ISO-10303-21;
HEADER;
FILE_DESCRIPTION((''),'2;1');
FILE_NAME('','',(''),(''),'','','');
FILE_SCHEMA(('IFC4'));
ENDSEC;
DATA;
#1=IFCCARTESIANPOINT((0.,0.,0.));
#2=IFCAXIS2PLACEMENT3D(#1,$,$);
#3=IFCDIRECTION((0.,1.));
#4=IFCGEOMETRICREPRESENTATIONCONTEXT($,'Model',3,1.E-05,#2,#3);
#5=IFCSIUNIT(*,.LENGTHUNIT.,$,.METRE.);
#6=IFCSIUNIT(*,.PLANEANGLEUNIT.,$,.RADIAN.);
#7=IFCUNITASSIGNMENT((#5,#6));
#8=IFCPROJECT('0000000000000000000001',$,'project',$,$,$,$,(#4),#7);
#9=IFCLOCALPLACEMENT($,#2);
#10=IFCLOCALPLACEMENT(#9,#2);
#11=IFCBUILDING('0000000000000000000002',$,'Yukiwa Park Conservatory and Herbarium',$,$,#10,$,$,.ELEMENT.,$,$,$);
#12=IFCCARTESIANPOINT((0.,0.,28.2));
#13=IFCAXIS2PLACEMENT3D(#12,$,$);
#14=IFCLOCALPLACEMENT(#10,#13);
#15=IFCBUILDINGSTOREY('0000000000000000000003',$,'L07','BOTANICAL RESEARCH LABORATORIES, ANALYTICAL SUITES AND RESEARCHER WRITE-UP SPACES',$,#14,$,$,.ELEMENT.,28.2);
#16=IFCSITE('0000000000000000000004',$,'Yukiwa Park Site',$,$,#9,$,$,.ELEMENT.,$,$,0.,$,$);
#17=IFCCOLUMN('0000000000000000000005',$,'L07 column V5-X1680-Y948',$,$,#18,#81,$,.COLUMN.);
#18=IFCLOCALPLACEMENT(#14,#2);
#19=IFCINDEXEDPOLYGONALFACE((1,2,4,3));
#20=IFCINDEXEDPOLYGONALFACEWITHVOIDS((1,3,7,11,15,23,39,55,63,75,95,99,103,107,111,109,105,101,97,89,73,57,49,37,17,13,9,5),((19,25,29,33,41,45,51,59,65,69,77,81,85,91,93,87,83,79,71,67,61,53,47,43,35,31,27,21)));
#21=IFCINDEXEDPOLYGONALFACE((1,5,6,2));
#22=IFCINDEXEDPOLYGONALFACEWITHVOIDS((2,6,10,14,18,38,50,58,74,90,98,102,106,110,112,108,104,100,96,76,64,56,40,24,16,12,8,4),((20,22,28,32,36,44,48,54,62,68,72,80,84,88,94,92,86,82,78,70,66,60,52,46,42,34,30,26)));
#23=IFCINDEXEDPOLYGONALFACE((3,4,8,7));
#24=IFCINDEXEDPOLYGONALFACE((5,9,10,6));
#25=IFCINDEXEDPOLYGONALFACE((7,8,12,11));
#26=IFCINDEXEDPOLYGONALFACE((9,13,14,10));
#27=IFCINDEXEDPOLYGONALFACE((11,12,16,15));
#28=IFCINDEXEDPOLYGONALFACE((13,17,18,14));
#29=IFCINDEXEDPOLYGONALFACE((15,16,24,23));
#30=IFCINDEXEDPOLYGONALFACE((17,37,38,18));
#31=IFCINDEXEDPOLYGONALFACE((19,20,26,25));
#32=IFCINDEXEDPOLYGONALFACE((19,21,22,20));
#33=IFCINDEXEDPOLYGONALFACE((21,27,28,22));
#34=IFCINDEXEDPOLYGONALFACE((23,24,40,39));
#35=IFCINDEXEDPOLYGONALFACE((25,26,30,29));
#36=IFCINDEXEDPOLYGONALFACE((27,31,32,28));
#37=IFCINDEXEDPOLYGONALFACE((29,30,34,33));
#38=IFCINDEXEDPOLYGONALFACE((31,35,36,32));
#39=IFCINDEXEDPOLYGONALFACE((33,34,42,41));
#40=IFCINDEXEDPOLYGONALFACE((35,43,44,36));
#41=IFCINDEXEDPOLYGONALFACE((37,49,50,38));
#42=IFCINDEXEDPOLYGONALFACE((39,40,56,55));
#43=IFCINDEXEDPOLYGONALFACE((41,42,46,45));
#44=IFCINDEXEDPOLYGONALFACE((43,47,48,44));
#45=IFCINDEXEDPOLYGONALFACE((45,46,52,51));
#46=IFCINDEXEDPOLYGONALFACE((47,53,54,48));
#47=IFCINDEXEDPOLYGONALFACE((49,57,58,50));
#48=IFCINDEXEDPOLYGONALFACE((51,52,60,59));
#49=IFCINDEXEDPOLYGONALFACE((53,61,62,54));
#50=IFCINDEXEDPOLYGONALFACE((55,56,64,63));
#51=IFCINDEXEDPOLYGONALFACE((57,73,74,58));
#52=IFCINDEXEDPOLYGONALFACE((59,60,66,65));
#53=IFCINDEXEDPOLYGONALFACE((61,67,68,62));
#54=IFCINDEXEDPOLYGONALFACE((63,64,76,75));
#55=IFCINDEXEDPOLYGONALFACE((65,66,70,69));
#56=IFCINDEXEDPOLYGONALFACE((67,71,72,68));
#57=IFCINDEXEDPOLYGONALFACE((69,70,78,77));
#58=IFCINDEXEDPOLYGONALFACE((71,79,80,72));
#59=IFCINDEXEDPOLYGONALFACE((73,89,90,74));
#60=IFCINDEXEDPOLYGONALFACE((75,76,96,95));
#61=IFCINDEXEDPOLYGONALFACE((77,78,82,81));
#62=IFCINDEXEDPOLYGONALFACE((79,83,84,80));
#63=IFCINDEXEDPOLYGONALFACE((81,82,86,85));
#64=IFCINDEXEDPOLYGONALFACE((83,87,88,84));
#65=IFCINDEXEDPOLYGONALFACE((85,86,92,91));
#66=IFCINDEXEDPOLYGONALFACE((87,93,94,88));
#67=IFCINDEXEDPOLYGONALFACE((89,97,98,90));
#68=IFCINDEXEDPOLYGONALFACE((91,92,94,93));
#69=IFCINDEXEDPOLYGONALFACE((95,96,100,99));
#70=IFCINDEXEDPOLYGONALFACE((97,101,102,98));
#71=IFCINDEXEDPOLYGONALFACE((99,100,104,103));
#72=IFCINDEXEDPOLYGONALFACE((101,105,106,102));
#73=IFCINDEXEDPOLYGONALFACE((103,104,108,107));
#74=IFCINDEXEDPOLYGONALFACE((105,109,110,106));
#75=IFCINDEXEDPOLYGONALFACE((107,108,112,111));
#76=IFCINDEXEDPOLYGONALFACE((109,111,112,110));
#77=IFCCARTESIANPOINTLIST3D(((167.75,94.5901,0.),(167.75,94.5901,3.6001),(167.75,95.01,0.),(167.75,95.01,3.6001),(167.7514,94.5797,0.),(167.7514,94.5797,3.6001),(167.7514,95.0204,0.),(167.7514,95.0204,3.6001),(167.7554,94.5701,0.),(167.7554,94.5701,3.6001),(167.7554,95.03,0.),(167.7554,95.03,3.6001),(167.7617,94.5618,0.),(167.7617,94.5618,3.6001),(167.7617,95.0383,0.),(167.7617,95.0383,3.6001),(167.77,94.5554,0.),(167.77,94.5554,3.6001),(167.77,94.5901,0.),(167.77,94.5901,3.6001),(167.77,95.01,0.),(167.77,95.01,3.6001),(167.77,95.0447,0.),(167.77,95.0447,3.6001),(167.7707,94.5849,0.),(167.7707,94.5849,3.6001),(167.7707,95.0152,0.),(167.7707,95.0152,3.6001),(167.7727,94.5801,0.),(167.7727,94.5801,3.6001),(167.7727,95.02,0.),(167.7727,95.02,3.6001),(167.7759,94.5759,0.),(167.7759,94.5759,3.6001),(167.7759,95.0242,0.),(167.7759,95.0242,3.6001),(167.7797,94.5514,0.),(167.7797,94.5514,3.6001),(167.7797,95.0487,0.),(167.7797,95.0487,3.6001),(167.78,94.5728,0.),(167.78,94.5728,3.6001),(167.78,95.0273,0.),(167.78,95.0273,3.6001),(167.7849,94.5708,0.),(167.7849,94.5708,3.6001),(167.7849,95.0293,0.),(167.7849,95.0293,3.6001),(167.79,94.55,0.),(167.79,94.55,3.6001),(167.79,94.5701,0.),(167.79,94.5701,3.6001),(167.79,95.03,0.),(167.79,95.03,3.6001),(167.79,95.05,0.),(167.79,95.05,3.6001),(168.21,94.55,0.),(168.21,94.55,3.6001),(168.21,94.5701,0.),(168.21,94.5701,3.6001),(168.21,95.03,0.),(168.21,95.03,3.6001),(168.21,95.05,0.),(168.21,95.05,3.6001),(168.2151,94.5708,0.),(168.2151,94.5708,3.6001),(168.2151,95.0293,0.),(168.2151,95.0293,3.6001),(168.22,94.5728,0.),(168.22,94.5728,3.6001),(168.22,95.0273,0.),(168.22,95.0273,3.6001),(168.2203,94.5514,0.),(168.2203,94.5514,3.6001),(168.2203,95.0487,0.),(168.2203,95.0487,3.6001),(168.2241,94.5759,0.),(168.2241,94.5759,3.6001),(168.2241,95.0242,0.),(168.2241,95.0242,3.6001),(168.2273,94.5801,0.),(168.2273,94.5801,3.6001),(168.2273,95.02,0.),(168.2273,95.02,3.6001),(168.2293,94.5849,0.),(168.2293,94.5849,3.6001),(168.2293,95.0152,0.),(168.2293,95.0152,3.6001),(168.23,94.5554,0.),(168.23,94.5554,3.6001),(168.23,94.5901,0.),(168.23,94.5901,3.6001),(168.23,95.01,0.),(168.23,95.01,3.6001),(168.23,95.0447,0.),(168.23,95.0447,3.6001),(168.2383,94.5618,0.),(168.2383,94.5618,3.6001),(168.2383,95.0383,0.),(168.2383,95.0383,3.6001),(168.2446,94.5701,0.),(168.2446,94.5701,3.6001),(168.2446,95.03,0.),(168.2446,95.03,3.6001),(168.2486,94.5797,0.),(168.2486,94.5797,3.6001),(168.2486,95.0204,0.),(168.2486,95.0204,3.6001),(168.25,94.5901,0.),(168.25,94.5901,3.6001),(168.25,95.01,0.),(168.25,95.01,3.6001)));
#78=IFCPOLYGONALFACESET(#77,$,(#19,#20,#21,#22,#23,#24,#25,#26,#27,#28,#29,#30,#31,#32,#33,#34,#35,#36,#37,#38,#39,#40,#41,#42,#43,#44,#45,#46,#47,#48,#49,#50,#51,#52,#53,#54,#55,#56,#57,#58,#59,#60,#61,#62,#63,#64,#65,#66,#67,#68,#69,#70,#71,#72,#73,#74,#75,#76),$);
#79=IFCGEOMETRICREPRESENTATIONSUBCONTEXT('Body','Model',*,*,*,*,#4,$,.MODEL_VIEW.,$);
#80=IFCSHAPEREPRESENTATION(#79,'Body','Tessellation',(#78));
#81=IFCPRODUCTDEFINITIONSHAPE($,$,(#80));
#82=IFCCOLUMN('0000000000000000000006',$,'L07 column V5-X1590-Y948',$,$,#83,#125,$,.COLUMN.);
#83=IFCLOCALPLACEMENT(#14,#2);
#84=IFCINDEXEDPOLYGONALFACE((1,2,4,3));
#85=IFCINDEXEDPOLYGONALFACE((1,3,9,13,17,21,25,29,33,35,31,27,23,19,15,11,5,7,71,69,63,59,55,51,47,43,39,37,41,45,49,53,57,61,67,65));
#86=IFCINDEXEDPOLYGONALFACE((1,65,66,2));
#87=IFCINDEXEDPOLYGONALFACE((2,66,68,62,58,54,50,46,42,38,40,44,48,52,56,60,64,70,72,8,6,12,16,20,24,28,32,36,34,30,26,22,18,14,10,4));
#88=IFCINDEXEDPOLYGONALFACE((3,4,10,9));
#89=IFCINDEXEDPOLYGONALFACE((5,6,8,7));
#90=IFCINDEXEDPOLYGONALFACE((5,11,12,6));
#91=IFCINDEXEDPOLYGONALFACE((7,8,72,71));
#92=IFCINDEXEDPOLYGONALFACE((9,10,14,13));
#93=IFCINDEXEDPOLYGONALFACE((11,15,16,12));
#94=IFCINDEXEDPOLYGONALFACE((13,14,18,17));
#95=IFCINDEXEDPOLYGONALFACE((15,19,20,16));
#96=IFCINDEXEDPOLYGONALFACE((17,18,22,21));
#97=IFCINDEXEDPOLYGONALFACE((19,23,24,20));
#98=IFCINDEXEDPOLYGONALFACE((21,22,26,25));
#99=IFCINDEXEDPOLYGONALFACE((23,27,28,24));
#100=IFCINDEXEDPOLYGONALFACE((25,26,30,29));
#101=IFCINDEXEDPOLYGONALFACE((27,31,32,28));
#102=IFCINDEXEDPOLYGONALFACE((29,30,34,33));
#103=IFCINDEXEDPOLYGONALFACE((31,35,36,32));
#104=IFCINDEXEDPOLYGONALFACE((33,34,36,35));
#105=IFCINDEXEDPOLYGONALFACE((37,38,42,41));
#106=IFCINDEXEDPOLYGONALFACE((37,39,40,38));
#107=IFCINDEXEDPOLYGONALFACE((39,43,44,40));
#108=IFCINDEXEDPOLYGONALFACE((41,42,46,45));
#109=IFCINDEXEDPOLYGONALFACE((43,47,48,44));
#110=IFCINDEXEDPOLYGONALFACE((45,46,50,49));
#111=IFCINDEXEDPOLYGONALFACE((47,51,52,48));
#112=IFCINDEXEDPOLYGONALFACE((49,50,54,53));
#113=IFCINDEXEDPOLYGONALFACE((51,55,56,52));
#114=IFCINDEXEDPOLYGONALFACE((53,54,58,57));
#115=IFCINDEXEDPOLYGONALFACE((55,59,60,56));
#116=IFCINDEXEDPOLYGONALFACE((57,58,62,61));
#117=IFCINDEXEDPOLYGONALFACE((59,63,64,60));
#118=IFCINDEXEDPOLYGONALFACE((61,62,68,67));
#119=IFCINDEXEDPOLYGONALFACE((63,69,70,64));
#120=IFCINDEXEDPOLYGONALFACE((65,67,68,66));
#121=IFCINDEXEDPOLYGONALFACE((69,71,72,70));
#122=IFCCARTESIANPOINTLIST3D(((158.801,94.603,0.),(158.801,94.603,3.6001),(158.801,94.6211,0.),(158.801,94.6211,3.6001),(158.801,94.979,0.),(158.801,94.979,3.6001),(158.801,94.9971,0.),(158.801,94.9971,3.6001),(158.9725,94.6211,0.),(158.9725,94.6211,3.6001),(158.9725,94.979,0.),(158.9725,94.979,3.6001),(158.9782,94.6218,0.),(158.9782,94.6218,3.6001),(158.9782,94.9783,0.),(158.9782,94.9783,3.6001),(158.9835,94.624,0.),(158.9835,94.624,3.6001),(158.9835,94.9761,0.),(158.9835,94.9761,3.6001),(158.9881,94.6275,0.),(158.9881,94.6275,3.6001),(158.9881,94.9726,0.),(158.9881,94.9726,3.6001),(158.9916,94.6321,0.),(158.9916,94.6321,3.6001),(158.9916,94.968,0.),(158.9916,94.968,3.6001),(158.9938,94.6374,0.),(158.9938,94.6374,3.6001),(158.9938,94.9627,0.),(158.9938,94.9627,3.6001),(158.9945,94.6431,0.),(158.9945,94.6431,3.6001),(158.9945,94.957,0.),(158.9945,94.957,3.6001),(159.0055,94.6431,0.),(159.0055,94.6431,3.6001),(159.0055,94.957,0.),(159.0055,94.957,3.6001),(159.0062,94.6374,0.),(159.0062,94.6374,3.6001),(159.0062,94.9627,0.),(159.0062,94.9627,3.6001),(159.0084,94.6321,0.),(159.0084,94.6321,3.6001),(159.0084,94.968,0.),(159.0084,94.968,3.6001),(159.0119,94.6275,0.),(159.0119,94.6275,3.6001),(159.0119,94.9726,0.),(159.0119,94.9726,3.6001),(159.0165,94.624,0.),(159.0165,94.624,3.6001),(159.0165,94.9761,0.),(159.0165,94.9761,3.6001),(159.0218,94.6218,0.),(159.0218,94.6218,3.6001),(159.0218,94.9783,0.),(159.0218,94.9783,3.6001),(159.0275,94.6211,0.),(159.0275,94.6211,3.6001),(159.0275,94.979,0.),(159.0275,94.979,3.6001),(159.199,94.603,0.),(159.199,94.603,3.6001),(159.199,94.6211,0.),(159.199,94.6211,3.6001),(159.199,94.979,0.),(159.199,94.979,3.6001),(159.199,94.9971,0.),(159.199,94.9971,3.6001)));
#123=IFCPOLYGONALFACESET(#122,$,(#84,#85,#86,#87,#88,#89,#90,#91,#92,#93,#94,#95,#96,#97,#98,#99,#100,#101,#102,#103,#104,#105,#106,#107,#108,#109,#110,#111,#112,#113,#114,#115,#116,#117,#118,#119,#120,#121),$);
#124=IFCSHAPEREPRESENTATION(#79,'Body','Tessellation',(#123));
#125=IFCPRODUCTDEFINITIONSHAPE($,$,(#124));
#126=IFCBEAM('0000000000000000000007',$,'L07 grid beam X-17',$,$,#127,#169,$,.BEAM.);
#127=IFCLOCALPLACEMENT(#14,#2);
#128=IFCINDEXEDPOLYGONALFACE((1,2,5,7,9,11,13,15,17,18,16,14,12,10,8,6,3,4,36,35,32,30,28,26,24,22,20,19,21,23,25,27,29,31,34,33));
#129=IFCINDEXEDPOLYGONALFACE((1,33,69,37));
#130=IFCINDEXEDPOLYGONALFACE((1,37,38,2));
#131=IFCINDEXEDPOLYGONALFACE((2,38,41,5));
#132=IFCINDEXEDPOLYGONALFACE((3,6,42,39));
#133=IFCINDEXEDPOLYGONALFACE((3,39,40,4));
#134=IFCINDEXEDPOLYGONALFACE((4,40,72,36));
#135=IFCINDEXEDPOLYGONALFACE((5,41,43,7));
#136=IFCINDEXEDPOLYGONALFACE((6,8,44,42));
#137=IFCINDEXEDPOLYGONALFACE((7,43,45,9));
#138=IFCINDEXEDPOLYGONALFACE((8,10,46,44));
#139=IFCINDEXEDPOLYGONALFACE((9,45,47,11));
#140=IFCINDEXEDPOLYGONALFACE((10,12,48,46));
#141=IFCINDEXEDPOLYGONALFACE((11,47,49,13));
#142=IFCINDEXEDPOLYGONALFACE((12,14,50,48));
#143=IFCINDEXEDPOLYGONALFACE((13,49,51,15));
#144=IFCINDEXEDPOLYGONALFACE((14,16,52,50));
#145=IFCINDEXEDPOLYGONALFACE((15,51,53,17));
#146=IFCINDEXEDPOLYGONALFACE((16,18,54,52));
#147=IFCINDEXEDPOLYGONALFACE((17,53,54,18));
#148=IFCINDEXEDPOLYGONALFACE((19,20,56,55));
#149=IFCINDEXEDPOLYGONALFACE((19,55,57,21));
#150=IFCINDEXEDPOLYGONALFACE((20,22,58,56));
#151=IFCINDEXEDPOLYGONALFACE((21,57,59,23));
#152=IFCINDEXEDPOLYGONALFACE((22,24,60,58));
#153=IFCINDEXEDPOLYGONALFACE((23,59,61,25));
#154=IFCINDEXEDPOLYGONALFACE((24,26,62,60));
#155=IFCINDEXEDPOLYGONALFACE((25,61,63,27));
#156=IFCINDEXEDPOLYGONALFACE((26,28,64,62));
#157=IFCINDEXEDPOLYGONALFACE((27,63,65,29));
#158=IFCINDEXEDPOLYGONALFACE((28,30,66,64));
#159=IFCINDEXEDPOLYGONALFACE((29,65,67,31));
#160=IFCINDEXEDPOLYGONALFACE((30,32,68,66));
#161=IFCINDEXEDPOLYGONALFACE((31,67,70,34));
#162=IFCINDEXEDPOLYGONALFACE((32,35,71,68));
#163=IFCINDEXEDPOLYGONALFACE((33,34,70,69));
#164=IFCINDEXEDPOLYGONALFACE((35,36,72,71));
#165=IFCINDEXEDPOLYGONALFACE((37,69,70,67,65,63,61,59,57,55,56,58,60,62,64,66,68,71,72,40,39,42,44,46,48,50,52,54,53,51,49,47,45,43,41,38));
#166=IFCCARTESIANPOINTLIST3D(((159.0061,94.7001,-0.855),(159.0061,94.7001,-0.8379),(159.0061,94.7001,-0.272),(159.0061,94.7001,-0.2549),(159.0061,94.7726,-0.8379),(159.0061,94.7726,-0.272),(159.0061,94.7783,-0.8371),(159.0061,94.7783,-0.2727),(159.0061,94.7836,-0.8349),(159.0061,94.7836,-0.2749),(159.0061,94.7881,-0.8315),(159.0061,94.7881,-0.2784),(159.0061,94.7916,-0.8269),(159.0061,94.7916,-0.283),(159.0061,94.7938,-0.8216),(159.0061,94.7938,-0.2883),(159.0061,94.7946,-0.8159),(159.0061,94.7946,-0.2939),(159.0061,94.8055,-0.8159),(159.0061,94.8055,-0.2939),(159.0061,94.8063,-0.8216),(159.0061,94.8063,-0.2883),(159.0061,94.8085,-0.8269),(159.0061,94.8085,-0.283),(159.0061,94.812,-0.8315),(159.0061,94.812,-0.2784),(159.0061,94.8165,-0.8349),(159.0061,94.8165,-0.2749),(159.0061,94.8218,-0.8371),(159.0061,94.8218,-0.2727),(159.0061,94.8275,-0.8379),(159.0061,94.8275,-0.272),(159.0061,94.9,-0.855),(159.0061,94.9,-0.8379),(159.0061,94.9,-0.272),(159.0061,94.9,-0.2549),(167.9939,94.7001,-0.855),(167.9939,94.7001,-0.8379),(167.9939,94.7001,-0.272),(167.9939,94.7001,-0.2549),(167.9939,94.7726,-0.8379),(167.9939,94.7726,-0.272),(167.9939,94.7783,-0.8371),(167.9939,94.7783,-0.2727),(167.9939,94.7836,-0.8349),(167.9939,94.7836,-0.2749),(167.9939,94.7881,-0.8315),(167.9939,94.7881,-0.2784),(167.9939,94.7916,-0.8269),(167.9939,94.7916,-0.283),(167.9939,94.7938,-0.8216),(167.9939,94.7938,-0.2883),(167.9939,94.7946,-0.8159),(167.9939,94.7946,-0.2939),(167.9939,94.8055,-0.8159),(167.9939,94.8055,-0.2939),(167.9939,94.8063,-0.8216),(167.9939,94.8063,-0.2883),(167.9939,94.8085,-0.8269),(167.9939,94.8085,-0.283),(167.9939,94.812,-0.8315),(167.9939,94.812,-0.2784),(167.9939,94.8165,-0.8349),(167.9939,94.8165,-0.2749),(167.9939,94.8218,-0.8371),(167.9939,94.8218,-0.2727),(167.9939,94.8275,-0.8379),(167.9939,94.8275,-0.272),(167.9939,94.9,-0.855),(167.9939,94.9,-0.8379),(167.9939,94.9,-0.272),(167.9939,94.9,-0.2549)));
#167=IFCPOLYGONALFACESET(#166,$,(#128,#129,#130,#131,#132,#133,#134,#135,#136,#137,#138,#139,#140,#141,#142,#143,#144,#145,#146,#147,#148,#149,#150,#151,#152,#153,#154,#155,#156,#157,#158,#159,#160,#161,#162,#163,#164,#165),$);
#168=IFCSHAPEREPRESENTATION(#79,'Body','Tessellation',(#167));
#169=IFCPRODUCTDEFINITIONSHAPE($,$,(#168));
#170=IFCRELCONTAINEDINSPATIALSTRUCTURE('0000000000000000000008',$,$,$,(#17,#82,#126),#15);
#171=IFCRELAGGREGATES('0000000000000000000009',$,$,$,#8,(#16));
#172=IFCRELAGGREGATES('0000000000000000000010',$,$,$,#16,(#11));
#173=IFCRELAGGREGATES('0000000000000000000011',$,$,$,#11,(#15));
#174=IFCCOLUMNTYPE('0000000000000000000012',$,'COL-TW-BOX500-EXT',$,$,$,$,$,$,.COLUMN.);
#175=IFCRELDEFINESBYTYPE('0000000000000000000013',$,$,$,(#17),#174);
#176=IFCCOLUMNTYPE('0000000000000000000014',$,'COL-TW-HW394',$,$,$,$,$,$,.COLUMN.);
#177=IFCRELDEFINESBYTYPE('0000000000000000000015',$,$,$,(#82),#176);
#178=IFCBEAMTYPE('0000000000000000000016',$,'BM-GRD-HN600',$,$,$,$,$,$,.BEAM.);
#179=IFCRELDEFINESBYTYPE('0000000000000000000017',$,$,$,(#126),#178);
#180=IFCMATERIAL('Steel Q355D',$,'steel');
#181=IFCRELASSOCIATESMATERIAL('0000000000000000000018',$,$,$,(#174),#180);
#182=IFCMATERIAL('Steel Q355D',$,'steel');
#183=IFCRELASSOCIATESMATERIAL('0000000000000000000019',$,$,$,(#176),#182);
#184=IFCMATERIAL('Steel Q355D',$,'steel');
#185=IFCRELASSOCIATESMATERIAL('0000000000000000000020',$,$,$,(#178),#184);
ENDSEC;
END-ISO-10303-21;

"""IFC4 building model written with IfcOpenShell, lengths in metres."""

from ifc_helpers import new_model, si_unit, direction, frame, origin, origin_2d, place, context, subcontext, project, spatial, hollow_rectangle, i_section, extrude, material, material_profile, profile_set, type_object, element, save


model = new_model("IFC4")

# Units and contexts
model_context = context("Model", 3, precision=1e-05, world=origin(), true_north=direction((0.0, 1.0)))
body_context = subcontext(model_context, "Body", "Model", "MODEL_VIEW")
ifc_project = project(units=[si_unit("LENGTHUNIT", "METRE"), si_unit("PLANEANGLEUNIT", "RADIAN")], contexts=[model_context])

# Site, building, storey
site_placement = place(None, origin())
site = spatial("IfcSite", under=ifc_project, at=site_placement, Name="Yukiwa Park Site", CompositionType="ELEMENT", RefElevation=0.0)
building_placement = place(site_placement, origin())
building = spatial("IfcBuilding", under=site, at=building_placement, Name="Yukiwa Park Conservatory and Herbarium", CompositionType="ELEMENT")
storey_placement = place(building_placement, frame((0.0, 0.0, 28.2)))
storey = spatial("IfcBuildingStorey", under=building, at=storey_placement, Name="L07", Description="BOTANICAL RESEARCH LABORATORIES, ANALYTICAL SUITES AND RESEARCHER WRITE-UP SPACES", CompositionType="ELEMENT", Elevation=28.2)

# Columns
ifc_material_1 = material(Name="Steel Q355D", Category="steel")
ifc_material_profile_1 = material_profile(ifc_material_1, hollow_rectangle(XDim=0.5, YDim=0.5, WallThickness=0.02, InnerFilletRadius=0.02, OuterFilletRadius=0.04, at=origin_2d()), Name="BOX 500x500x20")
ifc_profile_set_1 = profile_set([ifc_material_profile_1], Name="Steel Q355D")
column_type_1 = type_object("IfcColumnType", Name="COL-TW-BOX500-EXT", PredefinedType="COLUMN", material=ifc_profile_set_1)
column_1_placement = place(storey_placement, frame((168.0, 94.8, 0.0), z_axis=(0.0, 0.0, 1.0), x_axis=(1.0, 0.0, 0.0)))
element("IfcColumn", 1, at=column_1_placement, inside=storey, type_object=column_type_1, Name="L07 column V5-X1680-Y948", PredefinedType="COLUMN", context=body_context, shape_type="SweptSolid", body=[
    extrude(hollow_rectangle(XDim=0.5, YDim=0.5, WallThickness=0.02, InnerFilletRadius=0.02, OuterFilletRadius=0.04, at=origin_2d()), origin(), (0.0, 0.0, 1.0), 3.6001),
])
ifc_material_2 = material(Name="Steel Q355D", Category="steel")
ifc_material_profile_2 = material_profile(ifc_material_2, i_section(OverallWidth=0.3979, OverallDepth=0.394, WebThickness=0.011, FlangeThickness=0.0181, FilletRadius=0.022, at=origin_2d()), Name="HW 394x398x11x18")
ifc_profile_set_2 = profile_set([ifc_material_profile_2], Name="Steel Q355D")
column_type_2 = type_object("IfcColumnType", Name="COL-TW-HW394", PredefinedType="COLUMN", material=ifc_profile_set_2)
column_2_placement = place(storey_placement, frame((159.0, 94.8, 0.0), z_axis=(0.0, 0.0, 1.0), x_axis=(1.0, 0.0, 0.0)))
element("IfcColumn", 2, at=column_2_placement, inside=storey, type_object=column_type_2, Name="L07 column V5-X1590-Y948", PredefinedType="COLUMN", context=body_context, shape_type="SweptSolid", body=[
    extrude(i_section(OverallWidth=0.3979, OverallDepth=0.394, WebThickness=0.011, FlangeThickness=0.0181, FilletRadius=0.022, at=origin_2d()), origin(), (0.0, 0.0, 1.0), 3.6001),
])

# Beam
ifc_material_3 = material(Name="Steel Q355D", Category="steel")
ifc_material_profile_3 = material_profile(ifc_material_3, i_section(OverallWidth=0.2, OverallDepth=0.6001, WebThickness=0.011, FlangeThickness=0.0171, FilletRadius=0.022, at=origin_2d()), Name="HN 600x200x11x17")
ifc_profile_set_3 = profile_set([ifc_material_profile_3], Name="Steel Q355D")
beam_type_1 = type_object("IfcBeamType", Name="BM-GRD-HN600", PredefinedType="BEAM", material=ifc_profile_set_3)
beam_placement = place(storey_placement, frame((159.0061, 94.8, -0.5549), z_axis=(1.0, 0.0, 0.0), x_axis=(0.0, 1.0, 0.0)))
element("IfcBeam", 3, at=beam_placement, inside=storey, type_object=beam_type_1, Name="L07 grid beam X-17", PredefinedType="BEAM", context=body_context, shape_type="SweptSolid", body=[
    extrude(i_section(OverallWidth=0.2, OverallDepth=0.6001, WebThickness=0.011, FlangeThickness=0.0171, FilletRadius=0.022, at=origin_2d()), origin(), (0.0, 0.0, 1.0), 8.9878),
])

save(model, "model.ifc")
